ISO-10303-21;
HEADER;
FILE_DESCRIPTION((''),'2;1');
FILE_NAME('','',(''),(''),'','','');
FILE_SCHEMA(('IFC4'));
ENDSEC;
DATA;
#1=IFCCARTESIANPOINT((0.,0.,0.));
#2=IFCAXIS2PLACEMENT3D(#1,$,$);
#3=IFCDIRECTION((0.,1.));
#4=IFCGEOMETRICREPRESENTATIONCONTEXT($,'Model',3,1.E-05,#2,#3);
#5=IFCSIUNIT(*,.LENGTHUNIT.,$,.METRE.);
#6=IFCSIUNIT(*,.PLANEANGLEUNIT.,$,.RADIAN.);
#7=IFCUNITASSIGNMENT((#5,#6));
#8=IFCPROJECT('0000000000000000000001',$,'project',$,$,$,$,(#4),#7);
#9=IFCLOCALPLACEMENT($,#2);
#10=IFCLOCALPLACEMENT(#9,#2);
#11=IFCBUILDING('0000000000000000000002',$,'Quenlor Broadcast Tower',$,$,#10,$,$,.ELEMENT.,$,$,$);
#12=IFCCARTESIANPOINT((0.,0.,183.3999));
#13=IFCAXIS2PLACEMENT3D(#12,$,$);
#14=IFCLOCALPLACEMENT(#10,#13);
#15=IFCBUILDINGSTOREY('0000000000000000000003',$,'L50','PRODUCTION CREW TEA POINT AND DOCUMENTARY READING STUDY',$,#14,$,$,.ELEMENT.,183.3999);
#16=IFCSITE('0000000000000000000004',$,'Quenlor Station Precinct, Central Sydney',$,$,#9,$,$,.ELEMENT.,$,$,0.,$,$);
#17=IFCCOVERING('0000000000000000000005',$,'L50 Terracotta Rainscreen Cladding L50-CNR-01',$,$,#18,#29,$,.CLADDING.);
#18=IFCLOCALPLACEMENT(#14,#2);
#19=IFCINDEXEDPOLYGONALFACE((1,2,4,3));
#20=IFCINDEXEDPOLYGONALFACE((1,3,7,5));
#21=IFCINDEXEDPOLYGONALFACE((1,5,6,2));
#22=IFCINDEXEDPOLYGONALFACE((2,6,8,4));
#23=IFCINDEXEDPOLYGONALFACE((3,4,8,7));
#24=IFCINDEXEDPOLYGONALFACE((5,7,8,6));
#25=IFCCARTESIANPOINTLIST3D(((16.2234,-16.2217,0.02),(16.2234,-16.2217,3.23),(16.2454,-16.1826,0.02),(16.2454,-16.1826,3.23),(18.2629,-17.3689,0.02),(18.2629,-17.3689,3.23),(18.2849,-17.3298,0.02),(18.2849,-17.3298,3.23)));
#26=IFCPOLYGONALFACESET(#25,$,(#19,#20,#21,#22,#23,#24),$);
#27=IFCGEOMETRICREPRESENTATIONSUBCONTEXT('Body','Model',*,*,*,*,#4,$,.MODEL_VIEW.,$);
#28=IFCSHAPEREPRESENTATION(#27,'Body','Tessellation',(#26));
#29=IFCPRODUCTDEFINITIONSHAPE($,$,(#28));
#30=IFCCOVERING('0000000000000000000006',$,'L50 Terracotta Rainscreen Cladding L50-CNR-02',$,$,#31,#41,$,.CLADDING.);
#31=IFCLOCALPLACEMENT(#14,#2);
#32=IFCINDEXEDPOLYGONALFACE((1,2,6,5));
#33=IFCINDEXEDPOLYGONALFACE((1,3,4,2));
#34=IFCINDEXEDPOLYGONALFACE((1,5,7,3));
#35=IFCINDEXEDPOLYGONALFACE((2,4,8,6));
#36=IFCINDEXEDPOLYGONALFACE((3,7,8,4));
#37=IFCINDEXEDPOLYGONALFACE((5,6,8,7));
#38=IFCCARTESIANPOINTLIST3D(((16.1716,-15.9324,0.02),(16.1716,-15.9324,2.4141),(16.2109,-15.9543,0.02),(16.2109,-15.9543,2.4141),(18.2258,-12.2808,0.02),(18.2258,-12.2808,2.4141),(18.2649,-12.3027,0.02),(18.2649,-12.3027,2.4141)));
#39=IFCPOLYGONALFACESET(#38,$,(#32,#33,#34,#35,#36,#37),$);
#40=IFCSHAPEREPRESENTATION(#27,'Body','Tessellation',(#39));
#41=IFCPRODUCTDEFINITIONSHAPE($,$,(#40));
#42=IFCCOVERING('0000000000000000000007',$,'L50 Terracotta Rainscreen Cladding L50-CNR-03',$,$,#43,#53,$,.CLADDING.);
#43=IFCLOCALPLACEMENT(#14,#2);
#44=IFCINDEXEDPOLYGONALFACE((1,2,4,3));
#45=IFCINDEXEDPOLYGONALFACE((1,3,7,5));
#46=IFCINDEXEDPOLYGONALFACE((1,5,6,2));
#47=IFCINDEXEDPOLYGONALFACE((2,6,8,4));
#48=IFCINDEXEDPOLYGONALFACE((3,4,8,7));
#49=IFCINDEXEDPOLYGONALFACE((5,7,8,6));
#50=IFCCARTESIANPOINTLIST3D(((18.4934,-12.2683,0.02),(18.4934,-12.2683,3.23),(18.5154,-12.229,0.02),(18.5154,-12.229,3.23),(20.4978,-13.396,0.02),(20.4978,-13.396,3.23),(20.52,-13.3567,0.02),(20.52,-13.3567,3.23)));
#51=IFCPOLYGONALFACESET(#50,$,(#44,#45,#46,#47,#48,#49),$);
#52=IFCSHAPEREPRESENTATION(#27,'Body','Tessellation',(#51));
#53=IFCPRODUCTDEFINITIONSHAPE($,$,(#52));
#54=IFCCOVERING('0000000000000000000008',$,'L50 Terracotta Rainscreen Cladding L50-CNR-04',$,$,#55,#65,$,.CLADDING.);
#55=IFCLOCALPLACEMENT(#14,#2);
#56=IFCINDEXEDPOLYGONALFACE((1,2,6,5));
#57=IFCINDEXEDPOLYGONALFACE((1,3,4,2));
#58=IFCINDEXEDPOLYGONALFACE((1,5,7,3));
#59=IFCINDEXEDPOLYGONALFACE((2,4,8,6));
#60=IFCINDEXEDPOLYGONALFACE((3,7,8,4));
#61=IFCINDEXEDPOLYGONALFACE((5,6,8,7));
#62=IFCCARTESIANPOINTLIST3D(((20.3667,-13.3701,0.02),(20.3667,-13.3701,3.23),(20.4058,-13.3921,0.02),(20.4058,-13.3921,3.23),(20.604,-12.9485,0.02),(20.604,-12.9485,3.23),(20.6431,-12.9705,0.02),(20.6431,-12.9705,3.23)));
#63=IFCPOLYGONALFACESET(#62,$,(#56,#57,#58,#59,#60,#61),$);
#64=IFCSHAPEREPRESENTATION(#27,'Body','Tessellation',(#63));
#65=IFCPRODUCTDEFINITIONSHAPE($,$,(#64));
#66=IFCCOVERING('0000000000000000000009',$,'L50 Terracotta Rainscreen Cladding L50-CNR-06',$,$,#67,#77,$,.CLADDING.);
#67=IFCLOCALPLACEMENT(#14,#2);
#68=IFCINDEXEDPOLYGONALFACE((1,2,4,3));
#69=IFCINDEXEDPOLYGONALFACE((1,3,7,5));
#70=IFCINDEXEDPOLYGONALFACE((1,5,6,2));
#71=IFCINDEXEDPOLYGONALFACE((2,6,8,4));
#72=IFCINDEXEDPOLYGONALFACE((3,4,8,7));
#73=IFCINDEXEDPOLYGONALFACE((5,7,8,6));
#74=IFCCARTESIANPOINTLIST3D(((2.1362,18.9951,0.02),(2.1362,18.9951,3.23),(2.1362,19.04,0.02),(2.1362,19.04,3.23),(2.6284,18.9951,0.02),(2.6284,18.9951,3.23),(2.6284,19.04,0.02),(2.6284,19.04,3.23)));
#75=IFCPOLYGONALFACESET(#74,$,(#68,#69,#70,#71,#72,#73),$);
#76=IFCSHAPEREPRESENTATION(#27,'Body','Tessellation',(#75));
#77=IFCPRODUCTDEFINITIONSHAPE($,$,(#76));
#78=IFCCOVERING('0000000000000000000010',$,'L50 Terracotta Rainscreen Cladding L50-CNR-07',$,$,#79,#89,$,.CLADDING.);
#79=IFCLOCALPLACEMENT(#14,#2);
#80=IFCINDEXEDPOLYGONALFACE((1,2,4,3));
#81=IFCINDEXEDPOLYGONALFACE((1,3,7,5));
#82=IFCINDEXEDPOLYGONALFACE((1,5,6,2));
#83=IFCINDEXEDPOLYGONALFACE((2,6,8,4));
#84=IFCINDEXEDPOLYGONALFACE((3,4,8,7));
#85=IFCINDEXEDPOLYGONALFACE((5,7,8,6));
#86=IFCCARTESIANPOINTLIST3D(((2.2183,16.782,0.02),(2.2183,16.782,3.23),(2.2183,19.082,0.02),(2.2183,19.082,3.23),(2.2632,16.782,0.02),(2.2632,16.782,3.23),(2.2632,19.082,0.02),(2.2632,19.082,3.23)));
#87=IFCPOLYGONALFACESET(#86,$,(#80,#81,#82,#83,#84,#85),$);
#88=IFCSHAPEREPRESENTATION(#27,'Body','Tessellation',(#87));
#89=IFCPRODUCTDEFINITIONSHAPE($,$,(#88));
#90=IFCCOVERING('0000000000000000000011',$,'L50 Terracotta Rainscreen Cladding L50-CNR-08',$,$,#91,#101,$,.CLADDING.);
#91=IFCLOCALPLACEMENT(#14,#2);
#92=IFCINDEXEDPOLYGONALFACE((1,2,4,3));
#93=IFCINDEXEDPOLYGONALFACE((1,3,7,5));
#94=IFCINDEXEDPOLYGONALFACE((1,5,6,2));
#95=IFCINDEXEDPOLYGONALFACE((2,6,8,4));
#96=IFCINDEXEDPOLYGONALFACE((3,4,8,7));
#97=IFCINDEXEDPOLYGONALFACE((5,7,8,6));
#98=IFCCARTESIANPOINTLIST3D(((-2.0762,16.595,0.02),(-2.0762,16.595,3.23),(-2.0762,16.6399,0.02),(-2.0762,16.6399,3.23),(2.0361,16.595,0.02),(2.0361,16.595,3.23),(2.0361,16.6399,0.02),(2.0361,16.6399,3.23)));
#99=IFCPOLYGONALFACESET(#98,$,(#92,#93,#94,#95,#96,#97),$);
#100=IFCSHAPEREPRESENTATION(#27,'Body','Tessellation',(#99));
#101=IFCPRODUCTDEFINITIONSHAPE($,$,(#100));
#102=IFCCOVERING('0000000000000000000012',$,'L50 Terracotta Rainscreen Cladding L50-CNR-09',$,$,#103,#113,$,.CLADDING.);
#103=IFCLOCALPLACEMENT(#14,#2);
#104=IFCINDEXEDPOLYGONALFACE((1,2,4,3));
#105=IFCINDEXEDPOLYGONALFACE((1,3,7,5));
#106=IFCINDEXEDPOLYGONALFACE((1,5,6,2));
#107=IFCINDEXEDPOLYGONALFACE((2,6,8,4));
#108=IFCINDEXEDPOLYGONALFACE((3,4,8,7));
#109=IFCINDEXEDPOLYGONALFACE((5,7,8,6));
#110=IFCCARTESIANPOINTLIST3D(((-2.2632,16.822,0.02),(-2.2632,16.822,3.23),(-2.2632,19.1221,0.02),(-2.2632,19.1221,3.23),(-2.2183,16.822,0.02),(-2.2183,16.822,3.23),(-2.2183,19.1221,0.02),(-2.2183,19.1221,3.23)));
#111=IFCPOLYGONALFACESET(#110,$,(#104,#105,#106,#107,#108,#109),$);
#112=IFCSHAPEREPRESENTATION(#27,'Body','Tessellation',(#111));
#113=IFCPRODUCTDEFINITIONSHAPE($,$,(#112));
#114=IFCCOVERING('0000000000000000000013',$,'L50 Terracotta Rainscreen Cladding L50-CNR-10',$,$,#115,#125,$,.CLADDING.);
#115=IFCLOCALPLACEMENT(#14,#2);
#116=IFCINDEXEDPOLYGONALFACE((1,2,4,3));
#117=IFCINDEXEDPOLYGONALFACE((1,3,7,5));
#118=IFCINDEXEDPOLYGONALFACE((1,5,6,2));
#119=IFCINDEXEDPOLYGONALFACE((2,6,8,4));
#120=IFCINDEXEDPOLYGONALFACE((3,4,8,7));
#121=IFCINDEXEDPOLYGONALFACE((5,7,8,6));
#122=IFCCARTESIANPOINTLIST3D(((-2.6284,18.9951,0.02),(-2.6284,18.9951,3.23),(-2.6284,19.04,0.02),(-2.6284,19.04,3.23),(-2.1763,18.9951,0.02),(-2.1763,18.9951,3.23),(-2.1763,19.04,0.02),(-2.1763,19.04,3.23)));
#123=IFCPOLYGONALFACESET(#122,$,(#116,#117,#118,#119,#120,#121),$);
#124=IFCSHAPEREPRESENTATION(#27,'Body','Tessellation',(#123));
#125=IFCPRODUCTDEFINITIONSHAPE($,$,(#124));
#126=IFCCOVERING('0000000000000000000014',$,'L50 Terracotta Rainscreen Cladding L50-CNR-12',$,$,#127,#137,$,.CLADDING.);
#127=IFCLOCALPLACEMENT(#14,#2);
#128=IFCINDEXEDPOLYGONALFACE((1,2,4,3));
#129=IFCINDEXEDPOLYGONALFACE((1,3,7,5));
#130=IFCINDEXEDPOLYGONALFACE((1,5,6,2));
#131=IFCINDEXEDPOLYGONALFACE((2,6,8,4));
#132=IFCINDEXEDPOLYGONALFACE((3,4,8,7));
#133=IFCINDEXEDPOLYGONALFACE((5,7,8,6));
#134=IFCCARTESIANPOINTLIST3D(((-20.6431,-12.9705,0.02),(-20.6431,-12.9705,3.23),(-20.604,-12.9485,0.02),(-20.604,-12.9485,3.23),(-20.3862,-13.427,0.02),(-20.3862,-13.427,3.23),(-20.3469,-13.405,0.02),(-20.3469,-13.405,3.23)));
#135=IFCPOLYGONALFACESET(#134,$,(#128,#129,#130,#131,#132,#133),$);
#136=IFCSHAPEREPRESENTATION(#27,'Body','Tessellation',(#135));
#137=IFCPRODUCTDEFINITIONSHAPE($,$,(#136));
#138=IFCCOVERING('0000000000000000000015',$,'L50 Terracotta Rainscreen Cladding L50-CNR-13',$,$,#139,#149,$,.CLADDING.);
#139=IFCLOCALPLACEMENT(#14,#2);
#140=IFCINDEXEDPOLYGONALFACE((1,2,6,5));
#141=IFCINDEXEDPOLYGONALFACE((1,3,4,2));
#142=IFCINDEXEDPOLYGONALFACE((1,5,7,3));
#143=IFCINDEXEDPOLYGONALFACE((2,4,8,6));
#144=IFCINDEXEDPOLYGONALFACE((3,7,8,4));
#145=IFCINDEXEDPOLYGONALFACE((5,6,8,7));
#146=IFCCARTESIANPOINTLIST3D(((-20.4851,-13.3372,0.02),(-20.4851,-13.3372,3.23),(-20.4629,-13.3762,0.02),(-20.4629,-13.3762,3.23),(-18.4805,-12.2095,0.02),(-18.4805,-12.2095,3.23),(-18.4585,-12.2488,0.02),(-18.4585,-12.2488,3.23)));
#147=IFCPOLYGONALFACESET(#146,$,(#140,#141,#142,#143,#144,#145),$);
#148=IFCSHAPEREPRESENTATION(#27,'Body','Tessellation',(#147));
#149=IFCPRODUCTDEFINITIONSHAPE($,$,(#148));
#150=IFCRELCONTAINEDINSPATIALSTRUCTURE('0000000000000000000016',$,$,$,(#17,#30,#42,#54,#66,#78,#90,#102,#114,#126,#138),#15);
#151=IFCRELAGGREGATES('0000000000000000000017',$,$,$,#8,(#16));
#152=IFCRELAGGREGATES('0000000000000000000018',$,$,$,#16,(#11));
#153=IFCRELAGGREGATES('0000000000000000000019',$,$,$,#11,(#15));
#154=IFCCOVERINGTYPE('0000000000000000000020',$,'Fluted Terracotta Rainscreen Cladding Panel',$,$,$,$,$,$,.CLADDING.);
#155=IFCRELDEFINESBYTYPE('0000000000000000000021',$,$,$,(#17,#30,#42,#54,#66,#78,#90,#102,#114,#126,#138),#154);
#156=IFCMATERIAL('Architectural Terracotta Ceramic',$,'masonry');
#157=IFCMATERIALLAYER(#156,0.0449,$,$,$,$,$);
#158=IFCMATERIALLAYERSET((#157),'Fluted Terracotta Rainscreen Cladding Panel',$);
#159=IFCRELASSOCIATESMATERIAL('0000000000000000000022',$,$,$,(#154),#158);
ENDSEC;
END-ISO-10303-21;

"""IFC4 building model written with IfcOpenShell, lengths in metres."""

from ifc_helpers import new_model, si_unit, direction, frame, origin, place, context, subcontext, project, spatial, polyline, outline, extrude, material, layer, layer_set, type_object, element, save


model = new_model("IFC4")

# Units and contexts
model_context = context("Model", 3, precision=1e-05, world=origin(), true_north=direction((0.0, 1.0)))
body_context = subcontext(model_context, "Body", "Model", "MODEL_VIEW")
ifc_project = project(units=[si_unit("LENGTHUNIT", "METRE"), si_unit("PLANEANGLEUNIT", "RADIAN")], contexts=[model_context])

# Site, building, storey
site_placement = place(None, origin())
site = spatial("IfcSite", under=ifc_project, at=site_placement, Name="Quenlor Station Precinct, Central Sydney", CompositionType="ELEMENT", RefElevation=0.0)
building_placement = place(site_placement, origin())
building = spatial("IfcBuilding", under=site, at=building_placement, Name="Quenlor Broadcast Tower", CompositionType="ELEMENT")
storey_placement = place(building_placement, frame((0.0, 0.0, 183.3999)))
storey = spatial("IfcBuildingStorey", under=building, at=storey_placement, Name="L50", Description="PRODUCTION CREW TEA POINT AND DOCUMENTARY READING STUDY", CompositionType="ELEMENT", Elevation=183.3999)

# Coverings
ifc_material_1 = material(Name="Architectural Terracotta Ceramic", Category="masonry")
ifc_layer_1 = layer(ifc_material_1, 0.0449)
ifc_layer_set_1 = layer_set([ifc_layer_1], Name="Fluted Terracotta Rainscreen Cladding Panel")
covering_type = type_object("IfcCoveringType", Name="Fluted Terracotta Rainscreen Cladding Panel", PredefinedType="CLADDING", material=ifc_layer_set_1)
covering_1_placement = place(storey_placement, frame((0.0, 0.0, 0.02)))
element("IfcCovering", 1, at=covering_1_placement, inside=storey, type_object=covering_type, Name="L50 Terracotta Rainscreen Cladding L50-CNR-01", PredefinedType="CLADDING", context=body_context, shape_type="SweptSolid", body=[
    extrude(outline(polyline([(18.2849, -17.3298), (16.2454, -16.1826), (16.2234, -16.2217), (18.2629, -17.3689), (18.2849, -17.3298)])), origin(), (0.0, 0.0, 1.0), 3.21),
])
covering_2_placement = place(storey_placement, frame((0.0, 0.0, 0.02)))
element("IfcCovering", 2, at=covering_2_placement, inside=storey, type_object=covering_type, Name="L50 Terracotta Rainscreen Cladding L50-CNR-02", PredefinedType="CLADDING", context=body_context, shape_type="SweptSolid", body=[
    extrude(outline(polyline([(16.2109, -15.9543), (18.2649, -12.3027), (18.2258, -12.2808), (16.1716, -15.9324), (16.2109, -15.9543)])), origin(), (0.0, 0.0, 1.0), 2.394),
])
covering_3_placement = place(storey_placement, frame((0.0, 0.0, 0.02)))
element("IfcCovering", 3, at=covering_3_placement, inside=storey, type_object=covering_type, Name="L50 Terracotta Rainscreen Cladding L50-CNR-03", PredefinedType="CLADDING", context=body_context, shape_type="SweptSolid", body=[
    extrude(outline(polyline([(18.4934, -12.2683), (20.4978, -13.396), (20.52, -13.3567), (18.5154, -12.229), (18.4934, -12.2683)])), origin(), (0.0, 0.0, 1.0), 3.21),
])
covering_4_placement = place(storey_placement, frame((0.0, 0.0, 0.02)))
element("IfcCovering", 4, at=covering_4_placement, inside=storey, type_object=covering_type, Name="L50 Terracotta Rainscreen Cladding L50-CNR-04", PredefinedType="CLADDING", context=body_context, shape_type="SweptSolid", body=[
    extrude(outline(polyline([(20.4058, -13.3921), (20.6431, -12.9705), (20.604, -12.9485), (20.3667, -13.3701), (20.4058, -13.3921)])), origin(), (0.0, 0.0, 1.0), 3.21),
])
covering_5_placement = place(storey_placement, frame((0.0, 0.0, 0.02)))
element("IfcCovering", 5, at=covering_5_placement, inside=storey, type_object=covering_type, Name="L50 Terracotta Rainscreen Cladding L50-CNR-06", PredefinedType="CLADDING", context=body_context, shape_type="SweptSolid", body=[
    extrude(outline(polyline([(2.6284, 19.04), (2.1362, 19.04), (2.1362, 18.9951), (2.6284, 18.9951), (2.6284, 19.04)])), origin(), (0.0, 0.0, 1.0), 3.21),
])
covering_6_placement = place(storey_placement, frame((0.0, 0.0, 0.02)))
element("IfcCovering", 6, at=covering_6_placement, inside=storey, type_object=covering_type, Name="L50 Terracotta Rainscreen Cladding L50-CNR-07", PredefinedType="CLADDING", context=body_context, shape_type="SweptSolid", body=[
    extrude(outline(polyline([(2.2183, 19.082), (2.2183, 16.782), (2.2632, 16.782), (2.2632, 19.082), (2.2183, 19.082)])), origin(), (0.0, 0.0, 1.0), 3.21),
])
covering_7_placement = place(storey_placement, frame((0.0, 0.0, 0.02)))
element("IfcCovering", 7, at=covering_7_placement, inside=storey, type_object=covering_type, Name="L50 Terracotta Rainscreen Cladding L50-CNR-08", PredefinedType="CLADDING", context=body_context, shape_type="SweptSolid", body=[
    extrude(outline(polyline([(2.0361, 16.6399), (-2.0762, 16.6399), (-2.0762, 16.595), (2.0361, 16.595), (2.0361, 16.6399)])), origin(), (0.0, 0.0, 1.0), 3.21),
])
covering_8_placement = place(storey_placement, frame((0.0, 0.0, 0.02)))
element("IfcCovering", 8, at=covering_8_placement, inside=storey, type_object=covering_type, Name="L50 Terracotta Rainscreen Cladding L50-CNR-09", PredefinedType="CLADDING", context=body_context, shape_type="SweptSolid", body=[
    extrude(outline(polyline([(-2.2183, 16.822), (-2.2183, 19.1221), (-2.2632, 19.1221), (-2.2632, 16.822), (-2.2183, 16.822)])), origin(), (0.0, 0.0, 1.0), 3.21),
])
covering_9_placement = place(storey_placement, frame((0.0, 0.0, 0.02)))
element("IfcCovering", 9, at=covering_9_placement, inside=storey, type_object=covering_type, Name="L50 Terracotta Rainscreen Cladding L50-CNR-10", PredefinedType="CLADDING", context=body_context, shape_type="SweptSolid", body=[
    extrude(outline(polyline([(-2.1763, 19.04), (-2.6284, 19.04), (-2.6284, 18.9951), (-2.1763, 18.9951), (-2.1763, 19.04)])), origin(), (0.0, 0.0, 1.0), 3.21),
])
covering_10_placement = place(storey_placement, frame((0.0, 0.0, 0.02)))
element("IfcCovering", 10, at=covering_10_placement, inside=storey, type_object=covering_type, Name="L50 Terracotta Rainscreen Cladding L50-CNR-12", PredefinedType="CLADDING", context=body_context, shape_type="SweptSolid", body=[
    extrude(outline(polyline([(-20.6431, -12.9705), (-20.3862, -13.427), (-20.3469, -13.405), (-20.604, -12.9485), (-20.6431, -12.9705)])), origin(), (0.0, 0.0, 1.0), 3.21),
])
covering_11_placement = place(storey_placement, frame((0.0, 0.0, 0.02)))
element("IfcCovering", 11, at=covering_11_placement, inside=storey, type_object=covering_type, Name="L50 Terracotta Rainscreen Cladding L50-CNR-13", PredefinedType="CLADDING", context=body_context, shape_type="SweptSolid", body=[
    extrude(outline(polyline([(-20.4629, -13.3762), (-18.4585, -12.2488), (-18.4805, -12.2095), (-20.4851, -13.3372), (-20.4629, -13.3762)])), origin(), (0.0, 0.0, 1.0), 3.21),
])

save(model, "model.ifc")
